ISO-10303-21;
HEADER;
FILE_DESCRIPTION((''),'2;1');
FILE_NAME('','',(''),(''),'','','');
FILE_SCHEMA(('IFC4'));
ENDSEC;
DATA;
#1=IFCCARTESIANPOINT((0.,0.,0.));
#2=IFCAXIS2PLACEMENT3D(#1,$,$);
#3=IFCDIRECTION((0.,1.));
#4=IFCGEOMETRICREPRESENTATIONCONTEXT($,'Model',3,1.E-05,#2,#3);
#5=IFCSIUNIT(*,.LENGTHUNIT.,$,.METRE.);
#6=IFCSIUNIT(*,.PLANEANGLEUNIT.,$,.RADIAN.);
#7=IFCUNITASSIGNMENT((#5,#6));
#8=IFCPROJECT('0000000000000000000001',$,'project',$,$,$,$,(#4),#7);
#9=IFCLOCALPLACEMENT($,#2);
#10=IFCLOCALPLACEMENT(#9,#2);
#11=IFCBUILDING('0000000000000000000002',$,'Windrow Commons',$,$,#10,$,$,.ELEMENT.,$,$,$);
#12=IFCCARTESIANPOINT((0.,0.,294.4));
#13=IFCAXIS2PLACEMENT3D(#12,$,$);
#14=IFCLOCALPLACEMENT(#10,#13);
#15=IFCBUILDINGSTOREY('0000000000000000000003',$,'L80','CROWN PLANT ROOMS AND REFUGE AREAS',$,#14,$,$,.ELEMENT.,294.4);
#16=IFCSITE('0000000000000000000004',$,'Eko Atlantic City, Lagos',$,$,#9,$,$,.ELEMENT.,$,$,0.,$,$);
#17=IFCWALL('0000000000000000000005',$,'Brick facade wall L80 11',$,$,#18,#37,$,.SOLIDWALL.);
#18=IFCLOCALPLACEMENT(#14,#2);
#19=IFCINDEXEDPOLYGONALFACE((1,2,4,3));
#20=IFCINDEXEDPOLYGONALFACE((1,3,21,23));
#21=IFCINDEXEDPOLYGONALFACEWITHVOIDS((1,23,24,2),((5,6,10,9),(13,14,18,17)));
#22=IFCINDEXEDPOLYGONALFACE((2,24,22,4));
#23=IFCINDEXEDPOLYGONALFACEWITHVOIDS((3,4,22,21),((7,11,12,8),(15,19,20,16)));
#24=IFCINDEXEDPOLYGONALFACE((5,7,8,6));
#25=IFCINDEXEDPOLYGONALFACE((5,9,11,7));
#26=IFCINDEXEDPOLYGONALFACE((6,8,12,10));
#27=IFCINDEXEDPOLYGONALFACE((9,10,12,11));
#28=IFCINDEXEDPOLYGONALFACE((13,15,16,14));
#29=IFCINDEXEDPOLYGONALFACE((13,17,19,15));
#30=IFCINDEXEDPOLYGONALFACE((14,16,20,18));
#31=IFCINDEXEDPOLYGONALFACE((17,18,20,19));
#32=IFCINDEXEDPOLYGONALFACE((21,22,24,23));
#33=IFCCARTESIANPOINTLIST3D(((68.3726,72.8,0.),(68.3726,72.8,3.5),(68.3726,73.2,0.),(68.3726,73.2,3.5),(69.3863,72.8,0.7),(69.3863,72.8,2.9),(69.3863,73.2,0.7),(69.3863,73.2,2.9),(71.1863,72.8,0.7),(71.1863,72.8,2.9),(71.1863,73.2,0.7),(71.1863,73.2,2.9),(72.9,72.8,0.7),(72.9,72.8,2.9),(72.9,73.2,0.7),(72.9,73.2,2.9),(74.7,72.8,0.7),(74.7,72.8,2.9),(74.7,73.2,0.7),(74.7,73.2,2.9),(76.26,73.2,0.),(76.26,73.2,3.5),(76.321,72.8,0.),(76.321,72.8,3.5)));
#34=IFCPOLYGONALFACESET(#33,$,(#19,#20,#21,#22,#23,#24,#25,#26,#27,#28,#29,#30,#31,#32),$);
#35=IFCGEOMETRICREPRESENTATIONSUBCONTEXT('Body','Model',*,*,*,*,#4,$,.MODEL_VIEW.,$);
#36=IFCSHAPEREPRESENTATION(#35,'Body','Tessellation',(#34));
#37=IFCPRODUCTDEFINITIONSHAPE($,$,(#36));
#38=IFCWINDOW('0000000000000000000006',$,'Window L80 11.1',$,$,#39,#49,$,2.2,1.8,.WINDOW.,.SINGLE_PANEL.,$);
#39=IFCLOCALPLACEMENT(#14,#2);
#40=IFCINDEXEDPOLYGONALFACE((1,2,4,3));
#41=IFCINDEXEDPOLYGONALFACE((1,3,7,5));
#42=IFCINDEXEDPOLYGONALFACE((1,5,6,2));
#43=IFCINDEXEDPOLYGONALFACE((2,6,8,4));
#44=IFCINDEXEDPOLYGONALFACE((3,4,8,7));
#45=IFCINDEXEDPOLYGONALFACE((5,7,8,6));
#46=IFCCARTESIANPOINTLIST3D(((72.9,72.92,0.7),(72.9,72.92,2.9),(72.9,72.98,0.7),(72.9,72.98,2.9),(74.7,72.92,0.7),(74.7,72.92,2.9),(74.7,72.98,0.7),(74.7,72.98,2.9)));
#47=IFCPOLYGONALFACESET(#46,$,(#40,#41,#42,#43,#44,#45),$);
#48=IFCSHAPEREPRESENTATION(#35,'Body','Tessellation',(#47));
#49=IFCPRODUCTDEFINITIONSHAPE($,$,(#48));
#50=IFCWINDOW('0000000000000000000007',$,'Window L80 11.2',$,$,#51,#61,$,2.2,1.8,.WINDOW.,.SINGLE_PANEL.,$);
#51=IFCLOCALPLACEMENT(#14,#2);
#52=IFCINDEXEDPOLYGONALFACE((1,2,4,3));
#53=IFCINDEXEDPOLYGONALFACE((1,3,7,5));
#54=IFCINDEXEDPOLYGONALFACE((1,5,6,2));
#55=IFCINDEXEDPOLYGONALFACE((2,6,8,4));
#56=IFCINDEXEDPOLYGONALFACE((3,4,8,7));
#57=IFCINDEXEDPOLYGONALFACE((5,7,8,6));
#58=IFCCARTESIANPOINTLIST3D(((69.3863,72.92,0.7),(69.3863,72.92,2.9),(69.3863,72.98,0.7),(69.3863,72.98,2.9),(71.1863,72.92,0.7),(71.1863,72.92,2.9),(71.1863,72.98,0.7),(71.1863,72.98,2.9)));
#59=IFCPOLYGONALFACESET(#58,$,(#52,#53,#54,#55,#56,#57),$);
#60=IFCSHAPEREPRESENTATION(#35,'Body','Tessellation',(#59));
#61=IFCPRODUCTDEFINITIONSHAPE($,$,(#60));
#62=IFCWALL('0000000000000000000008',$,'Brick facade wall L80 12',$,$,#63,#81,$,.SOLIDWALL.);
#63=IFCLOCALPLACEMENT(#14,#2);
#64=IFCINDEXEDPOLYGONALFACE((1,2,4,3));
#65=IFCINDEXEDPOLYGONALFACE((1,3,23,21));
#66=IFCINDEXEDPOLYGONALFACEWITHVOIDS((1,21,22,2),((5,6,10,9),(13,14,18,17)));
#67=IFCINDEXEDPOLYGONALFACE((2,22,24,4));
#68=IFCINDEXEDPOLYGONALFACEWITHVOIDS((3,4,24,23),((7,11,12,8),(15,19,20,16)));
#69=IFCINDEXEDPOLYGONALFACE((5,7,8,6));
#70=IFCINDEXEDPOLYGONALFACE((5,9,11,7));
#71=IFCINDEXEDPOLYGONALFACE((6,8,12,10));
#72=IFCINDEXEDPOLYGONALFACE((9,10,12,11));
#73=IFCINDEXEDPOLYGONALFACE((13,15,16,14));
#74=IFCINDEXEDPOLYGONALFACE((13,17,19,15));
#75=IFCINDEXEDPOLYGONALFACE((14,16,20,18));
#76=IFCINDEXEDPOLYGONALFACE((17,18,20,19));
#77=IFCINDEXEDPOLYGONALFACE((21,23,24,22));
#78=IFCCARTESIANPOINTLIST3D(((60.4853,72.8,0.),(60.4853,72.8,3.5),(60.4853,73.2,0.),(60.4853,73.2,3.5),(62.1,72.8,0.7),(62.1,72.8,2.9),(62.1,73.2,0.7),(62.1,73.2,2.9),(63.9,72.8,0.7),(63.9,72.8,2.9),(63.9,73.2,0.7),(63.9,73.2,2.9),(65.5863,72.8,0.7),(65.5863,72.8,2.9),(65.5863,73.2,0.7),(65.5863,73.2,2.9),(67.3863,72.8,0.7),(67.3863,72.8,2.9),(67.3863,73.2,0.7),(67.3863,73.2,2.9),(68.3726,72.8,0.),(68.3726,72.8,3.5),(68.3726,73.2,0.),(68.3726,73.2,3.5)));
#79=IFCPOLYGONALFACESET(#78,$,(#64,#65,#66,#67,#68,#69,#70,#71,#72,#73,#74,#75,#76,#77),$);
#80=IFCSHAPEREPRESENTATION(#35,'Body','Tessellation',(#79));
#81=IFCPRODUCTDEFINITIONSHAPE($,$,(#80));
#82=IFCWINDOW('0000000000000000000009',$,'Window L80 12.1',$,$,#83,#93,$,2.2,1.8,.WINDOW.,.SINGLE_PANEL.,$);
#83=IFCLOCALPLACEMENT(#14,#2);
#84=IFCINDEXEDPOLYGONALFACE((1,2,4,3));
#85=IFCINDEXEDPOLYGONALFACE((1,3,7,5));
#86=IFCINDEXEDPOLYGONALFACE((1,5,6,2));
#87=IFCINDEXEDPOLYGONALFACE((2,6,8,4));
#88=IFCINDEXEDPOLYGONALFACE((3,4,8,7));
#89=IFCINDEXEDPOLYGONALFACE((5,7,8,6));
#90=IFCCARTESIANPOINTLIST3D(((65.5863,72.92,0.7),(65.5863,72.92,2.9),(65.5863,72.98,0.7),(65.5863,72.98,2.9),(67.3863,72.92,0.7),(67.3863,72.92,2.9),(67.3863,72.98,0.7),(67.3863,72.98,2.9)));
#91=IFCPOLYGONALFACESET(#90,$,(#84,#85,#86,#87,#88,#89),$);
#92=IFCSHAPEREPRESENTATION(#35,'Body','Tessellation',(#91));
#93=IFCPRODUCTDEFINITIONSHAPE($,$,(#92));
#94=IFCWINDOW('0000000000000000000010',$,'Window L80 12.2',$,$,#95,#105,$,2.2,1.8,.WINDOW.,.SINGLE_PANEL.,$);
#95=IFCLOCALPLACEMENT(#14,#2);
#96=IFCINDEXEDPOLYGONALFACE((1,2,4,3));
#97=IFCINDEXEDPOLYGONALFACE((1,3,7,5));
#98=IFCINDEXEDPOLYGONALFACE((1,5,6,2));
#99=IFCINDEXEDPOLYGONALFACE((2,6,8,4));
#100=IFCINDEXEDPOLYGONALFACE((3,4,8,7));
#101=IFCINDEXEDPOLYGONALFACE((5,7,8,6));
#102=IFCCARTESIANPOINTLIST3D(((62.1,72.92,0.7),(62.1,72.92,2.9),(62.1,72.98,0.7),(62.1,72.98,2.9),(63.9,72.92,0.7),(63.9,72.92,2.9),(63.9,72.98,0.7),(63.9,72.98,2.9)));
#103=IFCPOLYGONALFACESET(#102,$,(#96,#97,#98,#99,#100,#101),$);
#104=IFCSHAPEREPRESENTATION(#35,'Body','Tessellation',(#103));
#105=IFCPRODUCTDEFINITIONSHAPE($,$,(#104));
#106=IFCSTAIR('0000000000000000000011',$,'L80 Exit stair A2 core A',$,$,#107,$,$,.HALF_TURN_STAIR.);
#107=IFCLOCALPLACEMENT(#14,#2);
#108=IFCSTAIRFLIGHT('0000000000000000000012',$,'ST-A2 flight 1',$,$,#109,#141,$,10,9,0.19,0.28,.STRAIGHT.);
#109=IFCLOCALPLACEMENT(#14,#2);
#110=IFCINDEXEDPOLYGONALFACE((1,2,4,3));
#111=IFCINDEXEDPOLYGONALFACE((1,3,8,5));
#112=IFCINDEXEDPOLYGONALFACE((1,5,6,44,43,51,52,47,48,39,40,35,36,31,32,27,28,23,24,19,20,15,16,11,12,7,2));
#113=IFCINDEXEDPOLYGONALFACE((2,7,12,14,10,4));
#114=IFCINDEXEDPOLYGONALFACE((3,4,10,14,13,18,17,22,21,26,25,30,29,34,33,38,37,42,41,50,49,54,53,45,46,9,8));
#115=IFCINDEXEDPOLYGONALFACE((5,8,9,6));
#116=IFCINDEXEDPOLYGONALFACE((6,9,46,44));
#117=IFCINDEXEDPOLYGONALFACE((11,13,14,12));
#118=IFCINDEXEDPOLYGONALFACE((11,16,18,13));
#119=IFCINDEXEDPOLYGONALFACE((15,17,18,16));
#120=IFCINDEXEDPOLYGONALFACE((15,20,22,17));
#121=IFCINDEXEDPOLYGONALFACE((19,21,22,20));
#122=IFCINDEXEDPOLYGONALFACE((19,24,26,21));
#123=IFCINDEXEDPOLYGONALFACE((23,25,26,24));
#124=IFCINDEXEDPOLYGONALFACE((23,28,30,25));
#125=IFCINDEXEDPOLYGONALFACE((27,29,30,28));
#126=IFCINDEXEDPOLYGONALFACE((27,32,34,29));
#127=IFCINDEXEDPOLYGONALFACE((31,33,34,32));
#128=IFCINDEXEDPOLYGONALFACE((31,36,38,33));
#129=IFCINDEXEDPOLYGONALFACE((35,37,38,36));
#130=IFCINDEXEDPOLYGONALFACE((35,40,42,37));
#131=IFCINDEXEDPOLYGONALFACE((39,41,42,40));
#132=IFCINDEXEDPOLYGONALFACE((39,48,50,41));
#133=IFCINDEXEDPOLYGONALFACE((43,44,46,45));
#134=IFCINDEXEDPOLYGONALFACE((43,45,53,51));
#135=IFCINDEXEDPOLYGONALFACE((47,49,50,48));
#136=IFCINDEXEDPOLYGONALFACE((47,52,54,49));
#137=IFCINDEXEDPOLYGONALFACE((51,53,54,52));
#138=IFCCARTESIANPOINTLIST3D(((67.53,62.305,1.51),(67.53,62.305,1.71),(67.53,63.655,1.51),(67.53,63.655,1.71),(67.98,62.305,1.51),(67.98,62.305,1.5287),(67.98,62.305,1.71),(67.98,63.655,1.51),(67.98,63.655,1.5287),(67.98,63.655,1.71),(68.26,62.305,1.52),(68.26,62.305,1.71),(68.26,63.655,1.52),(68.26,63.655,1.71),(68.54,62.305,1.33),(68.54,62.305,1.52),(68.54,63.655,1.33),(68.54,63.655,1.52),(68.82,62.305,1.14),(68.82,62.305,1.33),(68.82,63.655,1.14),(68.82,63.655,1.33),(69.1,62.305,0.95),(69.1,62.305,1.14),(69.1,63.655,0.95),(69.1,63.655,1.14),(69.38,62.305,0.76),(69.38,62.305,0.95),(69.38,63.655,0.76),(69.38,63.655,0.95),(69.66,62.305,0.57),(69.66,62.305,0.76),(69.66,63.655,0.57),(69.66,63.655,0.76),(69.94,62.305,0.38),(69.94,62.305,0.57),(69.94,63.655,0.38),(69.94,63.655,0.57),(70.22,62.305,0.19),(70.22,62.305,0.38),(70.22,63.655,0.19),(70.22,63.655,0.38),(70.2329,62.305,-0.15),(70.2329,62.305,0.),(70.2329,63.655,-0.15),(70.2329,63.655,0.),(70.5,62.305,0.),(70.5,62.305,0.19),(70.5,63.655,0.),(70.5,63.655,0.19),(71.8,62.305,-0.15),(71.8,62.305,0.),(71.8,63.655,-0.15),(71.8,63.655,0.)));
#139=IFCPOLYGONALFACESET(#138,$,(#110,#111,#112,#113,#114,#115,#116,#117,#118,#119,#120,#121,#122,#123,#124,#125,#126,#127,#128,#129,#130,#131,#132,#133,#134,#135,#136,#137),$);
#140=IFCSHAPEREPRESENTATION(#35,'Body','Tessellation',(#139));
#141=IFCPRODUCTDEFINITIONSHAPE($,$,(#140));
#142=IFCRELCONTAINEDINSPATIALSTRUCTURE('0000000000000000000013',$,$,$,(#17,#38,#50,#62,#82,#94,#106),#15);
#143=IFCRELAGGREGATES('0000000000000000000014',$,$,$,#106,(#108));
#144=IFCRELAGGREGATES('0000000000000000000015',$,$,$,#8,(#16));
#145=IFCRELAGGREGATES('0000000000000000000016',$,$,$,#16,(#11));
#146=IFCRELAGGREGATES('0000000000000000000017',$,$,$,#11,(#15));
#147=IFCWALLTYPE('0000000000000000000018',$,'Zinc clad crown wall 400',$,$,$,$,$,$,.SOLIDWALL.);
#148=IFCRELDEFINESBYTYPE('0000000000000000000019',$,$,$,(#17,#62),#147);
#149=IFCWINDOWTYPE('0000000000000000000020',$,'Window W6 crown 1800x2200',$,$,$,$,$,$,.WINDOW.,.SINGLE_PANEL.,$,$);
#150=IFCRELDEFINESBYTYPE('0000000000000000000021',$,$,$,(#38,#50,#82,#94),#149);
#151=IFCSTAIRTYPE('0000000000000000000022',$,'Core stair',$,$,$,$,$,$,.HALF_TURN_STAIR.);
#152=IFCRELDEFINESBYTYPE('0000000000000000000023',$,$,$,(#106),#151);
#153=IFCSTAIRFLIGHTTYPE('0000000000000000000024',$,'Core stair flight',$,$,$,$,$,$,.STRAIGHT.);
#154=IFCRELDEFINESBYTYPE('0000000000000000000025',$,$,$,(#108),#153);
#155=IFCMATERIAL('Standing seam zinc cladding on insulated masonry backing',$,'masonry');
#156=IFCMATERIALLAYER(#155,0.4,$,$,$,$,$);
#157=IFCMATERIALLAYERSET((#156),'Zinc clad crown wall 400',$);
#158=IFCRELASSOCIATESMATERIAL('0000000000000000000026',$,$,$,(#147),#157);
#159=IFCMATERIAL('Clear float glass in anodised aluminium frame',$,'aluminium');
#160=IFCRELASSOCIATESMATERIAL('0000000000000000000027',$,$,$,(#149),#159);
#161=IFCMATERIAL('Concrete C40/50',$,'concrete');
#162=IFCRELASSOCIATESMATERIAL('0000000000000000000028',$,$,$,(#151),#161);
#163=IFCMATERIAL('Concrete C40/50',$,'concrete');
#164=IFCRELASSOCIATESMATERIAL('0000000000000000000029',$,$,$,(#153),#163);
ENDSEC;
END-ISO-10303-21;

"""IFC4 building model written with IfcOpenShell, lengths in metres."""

from ifc_helpers import new_model, si_unit, direction, frame, frame_2d, origin, place, context, subcontext, project, spatial, polyline, rectangle, outline, extrude, material, layer, layer_set, type_object, element, fill, aggregate, save


model = new_model("IFC4")

# Units and contexts
model_context = context("Model", 3, precision=1e-05, world=origin(), true_north=direction((0.0, 1.0)))
body_context = subcontext(model_context, "Body", "Model", "MODEL_VIEW")
ifc_project = project(units=[si_unit("LENGTHUNIT", "METRE"), si_unit("PLANEANGLEUNIT", "RADIAN")], contexts=[model_context])

# Site, building, storey
site_placement = place(None, origin())
site = spatial("IfcSite", under=ifc_project, at=site_placement, Name="Eko Atlantic City, Lagos", CompositionType="ELEMENT", RefElevation=0.0)
building_placement = place(site_placement, origin())
building = spatial("IfcBuilding", under=site, at=building_placement, Name="Windrow Commons", CompositionType="ELEMENT")
storey_placement = place(building_placement, frame((0.0, 0.0, 294.4)))
storey = spatial("IfcBuildingStorey", under=building, at=storey_placement, Name="L80", Description="CROWN PLANT ROOMS AND REFUGE AREAS", CompositionType="ELEMENT", Elevation=294.4)

# Walls, openings, windows
ifc_material_1 = material(Name="Standing seam zinc cladding on insulated masonry backing", Category="masonry")
ifc_layer_1 = layer(ifc_material_1, 0.4)
ifc_layer_set_1 = layer_set([ifc_layer_1], Name="Zinc clad crown wall 400")
wall_type_1 = type_object("IfcWallType", Name="Zinc clad crown wall 400", PredefinedType="SOLIDWALL", material=ifc_layer_set_1)
wall_1_placement = place(storey_placement, frame((76.2905, 73.0, 0.0), z_axis=(0.0, 0.0, 1.0), x_axis=(-1.0, 0.0, 0.0)))
wall_1 = element("IfcWall", 1, at=wall_1_placement, inside=storey, type_object=wall_type_1, Name="Brick facade wall L80 11", PredefinedType="SOLIDWALL", context=body_context, shape_type="SweptSolid", body=[
    extrude(outline(polyline([(0.0305, -0.2), (7.9179, -0.2), (7.9179, 0.2), (-0.0305, 0.2), (0.0305, -0.2)])), origin(), (0.0, 0.0, 1.0), 3.5),
])
opening_1_placement = place(wall_1_placement, frame((1.5905, 0.0, 0.7)))
opening_1 = element("IfcOpeningElement", 2, at=opening_1_placement, cuts=wall_1, PredefinedType="OPENING", context=body_context, shape_type="SweptSolid", body=[
    extrude(rectangle(XDim=1.8, YDim=2.2, at=frame_2d((0.9, 1.1))), frame((0.0, 0.21, 0.0), z_axis=(0.0, -1.0, 0.0), x_axis=(1.0, 0.0, 0.0)), (0.0, 0.0, 1.0), 0.42),
])
opening_2_placement = place(wall_1_placement, frame((5.1042, 0.0, 0.7)))
opening_2 = element("IfcOpeningElement", 3, at=opening_2_placement, cuts=wall_1, PredefinedType="OPENING", context=body_context, shape_type="SweptSolid", body=[
    extrude(rectangle(XDim=1.8, YDim=2.2, at=frame_2d((0.9, 1.1))), frame((0.0, 0.21, 0.0), z_axis=(0.0, -1.0, 0.0), x_axis=(1.0, 0.0, 0.0)), (0.0, 0.0, 1.0), 0.42),
])
ifc_material_2 = material(Name="Clear float glass in anodised aluminium frame", Category="aluminium")
window_type = type_object("IfcWindowType", Name="Window W6 crown 1800x2200", PartitioningType="SINGLE_PANEL", PredefinedType="WINDOW", material=ifc_material_2)
window_1_placement = place(opening_1_placement, origin())
window_1 = element("IfcWindow", 4, at=window_1_placement, inside=storey, type_object=window_type, Name="Window L80 11.1", OverallHeight=2.2, OverallWidth=1.8, PartitioningType="SINGLE_PANEL", PredefinedType="WINDOW", context=body_context, shape_type="SweptSolid", body=[
    extrude(rectangle(XDim=1.8, YDim=2.2, at=frame_2d((0.9, 1.1))), frame((0.0, 0.08, 0.0), z_axis=(0.0, -1.0, 0.0), x_axis=(1.0, 0.0, 0.0)), (0.0, 0.0, 1.0), 0.06),
])
fill(opening_1, window_1)
window_2_placement = place(opening_2_placement, origin())
window_2 = element("IfcWindow", 5, at=window_2_placement, inside=storey, type_object=window_type, Name="Window L80 11.2", OverallHeight=2.2, OverallWidth=1.8, PartitioningType="SINGLE_PANEL", PredefinedType="WINDOW", context=body_context, shape_type="SweptSolid", body=[
    extrude(rectangle(XDim=1.8, YDim=2.2, at=frame_2d((0.9, 1.1))), frame((0.0, 0.08, 0.0), z_axis=(0.0, -1.0, 0.0), x_axis=(1.0, 0.0, 0.0)), (0.0, 0.0, 1.0), 0.06),
])
fill(opening_2, window_2)
wall_2_placement = place(storey_placement, frame((68.3726, 73.0, 0.0), z_axis=(0.0, 0.0, 1.0), x_axis=(-1.0, 0.0, 0.0)))
wall_2 = element("IfcWall", 6, at=wall_2_placement, inside=storey, type_object=wall_type_1, Name="Brick facade wall L80 12", PredefinedType="SOLIDWALL", context=body_context, shape_type="SweptSolid", body=[
    extrude(outline(polyline([(0.0, -0.2), (7.8873, -0.2), (7.8873, 0.2), (0.0, 0.2), (0.0, -0.2)])), origin(), (0.0, 0.0, 1.0), 3.5),
])
opening_3_placement = place(wall_2_placement, frame((0.9863, 0.0, 0.7)))
opening_3 = element("IfcOpeningElement", 7, at=opening_3_placement, cuts=wall_2, PredefinedType="OPENING", context=body_context, shape_type="SweptSolid", body=[
    extrude(rectangle(XDim=1.8, YDim=2.2, at=frame_2d((0.9, 1.1))), frame((0.0, 0.21, 0.0), z_axis=(0.0, -1.0, 0.0), x_axis=(1.0, 0.0, 0.0)), (0.0, 0.0, 1.0), 0.42),
])
opening_4_placement = place(wall_2_placement, frame((4.4726, 0.0, 0.7)))
opening_4 = element("IfcOpeningElement", 8, at=opening_4_placement, cuts=wall_2, PredefinedType="OPENING", context=body_context, shape_type="SweptSolid", body=[
    extrude(rectangle(XDim=1.8, YDim=2.2, at=frame_2d((0.9, 1.1))), frame((0.0, 0.21, 0.0), z_axis=(0.0, -1.0, 0.0), x_axis=(1.0, 0.0, 0.0)), (0.0, 0.0, 1.0), 0.42),
])
window_3_placement = place(opening_3_placement, origin())
window_3 = element("IfcWindow", 9, at=window_3_placement, inside=storey, type_object=window_type, Name="Window L80 12.1", OverallHeight=2.2, OverallWidth=1.8, PartitioningType="SINGLE_PANEL", PredefinedType="WINDOW", context=body_context, shape_type="SweptSolid", body=[
    extrude(rectangle(XDim=1.8, YDim=2.2, at=frame_2d((0.9, 1.1))), frame((0.0, 0.08, 0.0), z_axis=(0.0, -1.0, 0.0), x_axis=(1.0, 0.0, 0.0)), (0.0, 0.0, 1.0), 0.06),
])
fill(opening_3, window_3)
window_4_placement = place(opening_4_placement, origin())
window_4 = element("IfcWindow", 10, at=window_4_placement, inside=storey, type_object=window_type, Name="Window L80 12.2", OverallHeight=2.2, OverallWidth=1.8, PartitioningType="SINGLE_PANEL", PredefinedType="WINDOW", context=body_context, shape_type="SweptSolid", body=[
    extrude(rectangle(XDim=1.8, YDim=2.2, at=frame_2d((0.9, 1.1))), frame((0.0, 0.08, 0.0), z_axis=(0.0, -1.0, 0.0), x_axis=(1.0, 0.0, 0.0)), (0.0, 0.0, 1.0), 0.06),
])
fill(opening_4, window_4)

# Stair, stair flight
ifc_material_3 = material(Name="Concrete C40/50", Category="concrete")
stair_type = type_object("IfcStairType", Name="Core stair", PredefinedType="HALF_TURN_STAIR", material=ifc_material_3)
stair_placement = place(storey_placement, origin())
stair = element("IfcStair", 11, at=stair_placement, inside=storey, type_object=stair_type, Name="L80 Exit stair A2 core A", PredefinedType="HALF_TURN_STAIR")
ifc_material_4 = material(Name="Concrete C40/50", Category="concrete")
stair_flight_type = type_object("IfcStairFlightType", Name="Core stair flight", PredefinedType="STRAIGHT", material=ifc_material_4)
stair_flight_1_placement = place(storey_placement, frame((70.5, 62.98, 0.0), z_axis=(0.0, 0.0, 1.0), x_axis=(-1.0, 0.0, 0.0)))
stair_flight_1 = element("IfcStairFlight", 12, at=stair_flight_1_placement, type_object=stair_flight_type, Name="ST-A2 flight 1", NumberOfRisers=10, NumberOfTreads=9, PredefinedType="STRAIGHT", RiserHeight=0.19, TreadLength=0.28, context=body_context, shape_type="SweptSolid", body=[
    extrude(outline(polyline([(-1.3, -0.15), (-1.3, 0.0), (0.0, 0.0), (0.0, 0.19), (0.28, 0.19), (0.28, 0.38), (0.56, 0.38), (0.56, 0.57), (0.84, 0.57), (0.84, 0.76), (1.12, 0.76), (1.12, 0.95), (1.4, 0.95), (1.4, 1.14), (1.68, 1.14), (1.68, 1.33), (1.96, 1.33), (1.96, 1.52), (2.24, 1.52), (2.24, 1.71), (2.52, 1.71), (2.97, 1.71), (2.97, 1.51), (2.52, 1.51), (2.52, 1.5287), (0.2671, 0.0), (0.2671, -0.15), (-1.3, -0.15)])), frame((0.0, 0.675, 0.0), z_axis=(0.0, -1.0, 0.0), x_axis=(1.0, 0.0, 0.0)), (0.0, 0.0, 1.0), 1.35),
])
aggregate(stair, [stair_flight_1])

save(model, "model.ifc")
